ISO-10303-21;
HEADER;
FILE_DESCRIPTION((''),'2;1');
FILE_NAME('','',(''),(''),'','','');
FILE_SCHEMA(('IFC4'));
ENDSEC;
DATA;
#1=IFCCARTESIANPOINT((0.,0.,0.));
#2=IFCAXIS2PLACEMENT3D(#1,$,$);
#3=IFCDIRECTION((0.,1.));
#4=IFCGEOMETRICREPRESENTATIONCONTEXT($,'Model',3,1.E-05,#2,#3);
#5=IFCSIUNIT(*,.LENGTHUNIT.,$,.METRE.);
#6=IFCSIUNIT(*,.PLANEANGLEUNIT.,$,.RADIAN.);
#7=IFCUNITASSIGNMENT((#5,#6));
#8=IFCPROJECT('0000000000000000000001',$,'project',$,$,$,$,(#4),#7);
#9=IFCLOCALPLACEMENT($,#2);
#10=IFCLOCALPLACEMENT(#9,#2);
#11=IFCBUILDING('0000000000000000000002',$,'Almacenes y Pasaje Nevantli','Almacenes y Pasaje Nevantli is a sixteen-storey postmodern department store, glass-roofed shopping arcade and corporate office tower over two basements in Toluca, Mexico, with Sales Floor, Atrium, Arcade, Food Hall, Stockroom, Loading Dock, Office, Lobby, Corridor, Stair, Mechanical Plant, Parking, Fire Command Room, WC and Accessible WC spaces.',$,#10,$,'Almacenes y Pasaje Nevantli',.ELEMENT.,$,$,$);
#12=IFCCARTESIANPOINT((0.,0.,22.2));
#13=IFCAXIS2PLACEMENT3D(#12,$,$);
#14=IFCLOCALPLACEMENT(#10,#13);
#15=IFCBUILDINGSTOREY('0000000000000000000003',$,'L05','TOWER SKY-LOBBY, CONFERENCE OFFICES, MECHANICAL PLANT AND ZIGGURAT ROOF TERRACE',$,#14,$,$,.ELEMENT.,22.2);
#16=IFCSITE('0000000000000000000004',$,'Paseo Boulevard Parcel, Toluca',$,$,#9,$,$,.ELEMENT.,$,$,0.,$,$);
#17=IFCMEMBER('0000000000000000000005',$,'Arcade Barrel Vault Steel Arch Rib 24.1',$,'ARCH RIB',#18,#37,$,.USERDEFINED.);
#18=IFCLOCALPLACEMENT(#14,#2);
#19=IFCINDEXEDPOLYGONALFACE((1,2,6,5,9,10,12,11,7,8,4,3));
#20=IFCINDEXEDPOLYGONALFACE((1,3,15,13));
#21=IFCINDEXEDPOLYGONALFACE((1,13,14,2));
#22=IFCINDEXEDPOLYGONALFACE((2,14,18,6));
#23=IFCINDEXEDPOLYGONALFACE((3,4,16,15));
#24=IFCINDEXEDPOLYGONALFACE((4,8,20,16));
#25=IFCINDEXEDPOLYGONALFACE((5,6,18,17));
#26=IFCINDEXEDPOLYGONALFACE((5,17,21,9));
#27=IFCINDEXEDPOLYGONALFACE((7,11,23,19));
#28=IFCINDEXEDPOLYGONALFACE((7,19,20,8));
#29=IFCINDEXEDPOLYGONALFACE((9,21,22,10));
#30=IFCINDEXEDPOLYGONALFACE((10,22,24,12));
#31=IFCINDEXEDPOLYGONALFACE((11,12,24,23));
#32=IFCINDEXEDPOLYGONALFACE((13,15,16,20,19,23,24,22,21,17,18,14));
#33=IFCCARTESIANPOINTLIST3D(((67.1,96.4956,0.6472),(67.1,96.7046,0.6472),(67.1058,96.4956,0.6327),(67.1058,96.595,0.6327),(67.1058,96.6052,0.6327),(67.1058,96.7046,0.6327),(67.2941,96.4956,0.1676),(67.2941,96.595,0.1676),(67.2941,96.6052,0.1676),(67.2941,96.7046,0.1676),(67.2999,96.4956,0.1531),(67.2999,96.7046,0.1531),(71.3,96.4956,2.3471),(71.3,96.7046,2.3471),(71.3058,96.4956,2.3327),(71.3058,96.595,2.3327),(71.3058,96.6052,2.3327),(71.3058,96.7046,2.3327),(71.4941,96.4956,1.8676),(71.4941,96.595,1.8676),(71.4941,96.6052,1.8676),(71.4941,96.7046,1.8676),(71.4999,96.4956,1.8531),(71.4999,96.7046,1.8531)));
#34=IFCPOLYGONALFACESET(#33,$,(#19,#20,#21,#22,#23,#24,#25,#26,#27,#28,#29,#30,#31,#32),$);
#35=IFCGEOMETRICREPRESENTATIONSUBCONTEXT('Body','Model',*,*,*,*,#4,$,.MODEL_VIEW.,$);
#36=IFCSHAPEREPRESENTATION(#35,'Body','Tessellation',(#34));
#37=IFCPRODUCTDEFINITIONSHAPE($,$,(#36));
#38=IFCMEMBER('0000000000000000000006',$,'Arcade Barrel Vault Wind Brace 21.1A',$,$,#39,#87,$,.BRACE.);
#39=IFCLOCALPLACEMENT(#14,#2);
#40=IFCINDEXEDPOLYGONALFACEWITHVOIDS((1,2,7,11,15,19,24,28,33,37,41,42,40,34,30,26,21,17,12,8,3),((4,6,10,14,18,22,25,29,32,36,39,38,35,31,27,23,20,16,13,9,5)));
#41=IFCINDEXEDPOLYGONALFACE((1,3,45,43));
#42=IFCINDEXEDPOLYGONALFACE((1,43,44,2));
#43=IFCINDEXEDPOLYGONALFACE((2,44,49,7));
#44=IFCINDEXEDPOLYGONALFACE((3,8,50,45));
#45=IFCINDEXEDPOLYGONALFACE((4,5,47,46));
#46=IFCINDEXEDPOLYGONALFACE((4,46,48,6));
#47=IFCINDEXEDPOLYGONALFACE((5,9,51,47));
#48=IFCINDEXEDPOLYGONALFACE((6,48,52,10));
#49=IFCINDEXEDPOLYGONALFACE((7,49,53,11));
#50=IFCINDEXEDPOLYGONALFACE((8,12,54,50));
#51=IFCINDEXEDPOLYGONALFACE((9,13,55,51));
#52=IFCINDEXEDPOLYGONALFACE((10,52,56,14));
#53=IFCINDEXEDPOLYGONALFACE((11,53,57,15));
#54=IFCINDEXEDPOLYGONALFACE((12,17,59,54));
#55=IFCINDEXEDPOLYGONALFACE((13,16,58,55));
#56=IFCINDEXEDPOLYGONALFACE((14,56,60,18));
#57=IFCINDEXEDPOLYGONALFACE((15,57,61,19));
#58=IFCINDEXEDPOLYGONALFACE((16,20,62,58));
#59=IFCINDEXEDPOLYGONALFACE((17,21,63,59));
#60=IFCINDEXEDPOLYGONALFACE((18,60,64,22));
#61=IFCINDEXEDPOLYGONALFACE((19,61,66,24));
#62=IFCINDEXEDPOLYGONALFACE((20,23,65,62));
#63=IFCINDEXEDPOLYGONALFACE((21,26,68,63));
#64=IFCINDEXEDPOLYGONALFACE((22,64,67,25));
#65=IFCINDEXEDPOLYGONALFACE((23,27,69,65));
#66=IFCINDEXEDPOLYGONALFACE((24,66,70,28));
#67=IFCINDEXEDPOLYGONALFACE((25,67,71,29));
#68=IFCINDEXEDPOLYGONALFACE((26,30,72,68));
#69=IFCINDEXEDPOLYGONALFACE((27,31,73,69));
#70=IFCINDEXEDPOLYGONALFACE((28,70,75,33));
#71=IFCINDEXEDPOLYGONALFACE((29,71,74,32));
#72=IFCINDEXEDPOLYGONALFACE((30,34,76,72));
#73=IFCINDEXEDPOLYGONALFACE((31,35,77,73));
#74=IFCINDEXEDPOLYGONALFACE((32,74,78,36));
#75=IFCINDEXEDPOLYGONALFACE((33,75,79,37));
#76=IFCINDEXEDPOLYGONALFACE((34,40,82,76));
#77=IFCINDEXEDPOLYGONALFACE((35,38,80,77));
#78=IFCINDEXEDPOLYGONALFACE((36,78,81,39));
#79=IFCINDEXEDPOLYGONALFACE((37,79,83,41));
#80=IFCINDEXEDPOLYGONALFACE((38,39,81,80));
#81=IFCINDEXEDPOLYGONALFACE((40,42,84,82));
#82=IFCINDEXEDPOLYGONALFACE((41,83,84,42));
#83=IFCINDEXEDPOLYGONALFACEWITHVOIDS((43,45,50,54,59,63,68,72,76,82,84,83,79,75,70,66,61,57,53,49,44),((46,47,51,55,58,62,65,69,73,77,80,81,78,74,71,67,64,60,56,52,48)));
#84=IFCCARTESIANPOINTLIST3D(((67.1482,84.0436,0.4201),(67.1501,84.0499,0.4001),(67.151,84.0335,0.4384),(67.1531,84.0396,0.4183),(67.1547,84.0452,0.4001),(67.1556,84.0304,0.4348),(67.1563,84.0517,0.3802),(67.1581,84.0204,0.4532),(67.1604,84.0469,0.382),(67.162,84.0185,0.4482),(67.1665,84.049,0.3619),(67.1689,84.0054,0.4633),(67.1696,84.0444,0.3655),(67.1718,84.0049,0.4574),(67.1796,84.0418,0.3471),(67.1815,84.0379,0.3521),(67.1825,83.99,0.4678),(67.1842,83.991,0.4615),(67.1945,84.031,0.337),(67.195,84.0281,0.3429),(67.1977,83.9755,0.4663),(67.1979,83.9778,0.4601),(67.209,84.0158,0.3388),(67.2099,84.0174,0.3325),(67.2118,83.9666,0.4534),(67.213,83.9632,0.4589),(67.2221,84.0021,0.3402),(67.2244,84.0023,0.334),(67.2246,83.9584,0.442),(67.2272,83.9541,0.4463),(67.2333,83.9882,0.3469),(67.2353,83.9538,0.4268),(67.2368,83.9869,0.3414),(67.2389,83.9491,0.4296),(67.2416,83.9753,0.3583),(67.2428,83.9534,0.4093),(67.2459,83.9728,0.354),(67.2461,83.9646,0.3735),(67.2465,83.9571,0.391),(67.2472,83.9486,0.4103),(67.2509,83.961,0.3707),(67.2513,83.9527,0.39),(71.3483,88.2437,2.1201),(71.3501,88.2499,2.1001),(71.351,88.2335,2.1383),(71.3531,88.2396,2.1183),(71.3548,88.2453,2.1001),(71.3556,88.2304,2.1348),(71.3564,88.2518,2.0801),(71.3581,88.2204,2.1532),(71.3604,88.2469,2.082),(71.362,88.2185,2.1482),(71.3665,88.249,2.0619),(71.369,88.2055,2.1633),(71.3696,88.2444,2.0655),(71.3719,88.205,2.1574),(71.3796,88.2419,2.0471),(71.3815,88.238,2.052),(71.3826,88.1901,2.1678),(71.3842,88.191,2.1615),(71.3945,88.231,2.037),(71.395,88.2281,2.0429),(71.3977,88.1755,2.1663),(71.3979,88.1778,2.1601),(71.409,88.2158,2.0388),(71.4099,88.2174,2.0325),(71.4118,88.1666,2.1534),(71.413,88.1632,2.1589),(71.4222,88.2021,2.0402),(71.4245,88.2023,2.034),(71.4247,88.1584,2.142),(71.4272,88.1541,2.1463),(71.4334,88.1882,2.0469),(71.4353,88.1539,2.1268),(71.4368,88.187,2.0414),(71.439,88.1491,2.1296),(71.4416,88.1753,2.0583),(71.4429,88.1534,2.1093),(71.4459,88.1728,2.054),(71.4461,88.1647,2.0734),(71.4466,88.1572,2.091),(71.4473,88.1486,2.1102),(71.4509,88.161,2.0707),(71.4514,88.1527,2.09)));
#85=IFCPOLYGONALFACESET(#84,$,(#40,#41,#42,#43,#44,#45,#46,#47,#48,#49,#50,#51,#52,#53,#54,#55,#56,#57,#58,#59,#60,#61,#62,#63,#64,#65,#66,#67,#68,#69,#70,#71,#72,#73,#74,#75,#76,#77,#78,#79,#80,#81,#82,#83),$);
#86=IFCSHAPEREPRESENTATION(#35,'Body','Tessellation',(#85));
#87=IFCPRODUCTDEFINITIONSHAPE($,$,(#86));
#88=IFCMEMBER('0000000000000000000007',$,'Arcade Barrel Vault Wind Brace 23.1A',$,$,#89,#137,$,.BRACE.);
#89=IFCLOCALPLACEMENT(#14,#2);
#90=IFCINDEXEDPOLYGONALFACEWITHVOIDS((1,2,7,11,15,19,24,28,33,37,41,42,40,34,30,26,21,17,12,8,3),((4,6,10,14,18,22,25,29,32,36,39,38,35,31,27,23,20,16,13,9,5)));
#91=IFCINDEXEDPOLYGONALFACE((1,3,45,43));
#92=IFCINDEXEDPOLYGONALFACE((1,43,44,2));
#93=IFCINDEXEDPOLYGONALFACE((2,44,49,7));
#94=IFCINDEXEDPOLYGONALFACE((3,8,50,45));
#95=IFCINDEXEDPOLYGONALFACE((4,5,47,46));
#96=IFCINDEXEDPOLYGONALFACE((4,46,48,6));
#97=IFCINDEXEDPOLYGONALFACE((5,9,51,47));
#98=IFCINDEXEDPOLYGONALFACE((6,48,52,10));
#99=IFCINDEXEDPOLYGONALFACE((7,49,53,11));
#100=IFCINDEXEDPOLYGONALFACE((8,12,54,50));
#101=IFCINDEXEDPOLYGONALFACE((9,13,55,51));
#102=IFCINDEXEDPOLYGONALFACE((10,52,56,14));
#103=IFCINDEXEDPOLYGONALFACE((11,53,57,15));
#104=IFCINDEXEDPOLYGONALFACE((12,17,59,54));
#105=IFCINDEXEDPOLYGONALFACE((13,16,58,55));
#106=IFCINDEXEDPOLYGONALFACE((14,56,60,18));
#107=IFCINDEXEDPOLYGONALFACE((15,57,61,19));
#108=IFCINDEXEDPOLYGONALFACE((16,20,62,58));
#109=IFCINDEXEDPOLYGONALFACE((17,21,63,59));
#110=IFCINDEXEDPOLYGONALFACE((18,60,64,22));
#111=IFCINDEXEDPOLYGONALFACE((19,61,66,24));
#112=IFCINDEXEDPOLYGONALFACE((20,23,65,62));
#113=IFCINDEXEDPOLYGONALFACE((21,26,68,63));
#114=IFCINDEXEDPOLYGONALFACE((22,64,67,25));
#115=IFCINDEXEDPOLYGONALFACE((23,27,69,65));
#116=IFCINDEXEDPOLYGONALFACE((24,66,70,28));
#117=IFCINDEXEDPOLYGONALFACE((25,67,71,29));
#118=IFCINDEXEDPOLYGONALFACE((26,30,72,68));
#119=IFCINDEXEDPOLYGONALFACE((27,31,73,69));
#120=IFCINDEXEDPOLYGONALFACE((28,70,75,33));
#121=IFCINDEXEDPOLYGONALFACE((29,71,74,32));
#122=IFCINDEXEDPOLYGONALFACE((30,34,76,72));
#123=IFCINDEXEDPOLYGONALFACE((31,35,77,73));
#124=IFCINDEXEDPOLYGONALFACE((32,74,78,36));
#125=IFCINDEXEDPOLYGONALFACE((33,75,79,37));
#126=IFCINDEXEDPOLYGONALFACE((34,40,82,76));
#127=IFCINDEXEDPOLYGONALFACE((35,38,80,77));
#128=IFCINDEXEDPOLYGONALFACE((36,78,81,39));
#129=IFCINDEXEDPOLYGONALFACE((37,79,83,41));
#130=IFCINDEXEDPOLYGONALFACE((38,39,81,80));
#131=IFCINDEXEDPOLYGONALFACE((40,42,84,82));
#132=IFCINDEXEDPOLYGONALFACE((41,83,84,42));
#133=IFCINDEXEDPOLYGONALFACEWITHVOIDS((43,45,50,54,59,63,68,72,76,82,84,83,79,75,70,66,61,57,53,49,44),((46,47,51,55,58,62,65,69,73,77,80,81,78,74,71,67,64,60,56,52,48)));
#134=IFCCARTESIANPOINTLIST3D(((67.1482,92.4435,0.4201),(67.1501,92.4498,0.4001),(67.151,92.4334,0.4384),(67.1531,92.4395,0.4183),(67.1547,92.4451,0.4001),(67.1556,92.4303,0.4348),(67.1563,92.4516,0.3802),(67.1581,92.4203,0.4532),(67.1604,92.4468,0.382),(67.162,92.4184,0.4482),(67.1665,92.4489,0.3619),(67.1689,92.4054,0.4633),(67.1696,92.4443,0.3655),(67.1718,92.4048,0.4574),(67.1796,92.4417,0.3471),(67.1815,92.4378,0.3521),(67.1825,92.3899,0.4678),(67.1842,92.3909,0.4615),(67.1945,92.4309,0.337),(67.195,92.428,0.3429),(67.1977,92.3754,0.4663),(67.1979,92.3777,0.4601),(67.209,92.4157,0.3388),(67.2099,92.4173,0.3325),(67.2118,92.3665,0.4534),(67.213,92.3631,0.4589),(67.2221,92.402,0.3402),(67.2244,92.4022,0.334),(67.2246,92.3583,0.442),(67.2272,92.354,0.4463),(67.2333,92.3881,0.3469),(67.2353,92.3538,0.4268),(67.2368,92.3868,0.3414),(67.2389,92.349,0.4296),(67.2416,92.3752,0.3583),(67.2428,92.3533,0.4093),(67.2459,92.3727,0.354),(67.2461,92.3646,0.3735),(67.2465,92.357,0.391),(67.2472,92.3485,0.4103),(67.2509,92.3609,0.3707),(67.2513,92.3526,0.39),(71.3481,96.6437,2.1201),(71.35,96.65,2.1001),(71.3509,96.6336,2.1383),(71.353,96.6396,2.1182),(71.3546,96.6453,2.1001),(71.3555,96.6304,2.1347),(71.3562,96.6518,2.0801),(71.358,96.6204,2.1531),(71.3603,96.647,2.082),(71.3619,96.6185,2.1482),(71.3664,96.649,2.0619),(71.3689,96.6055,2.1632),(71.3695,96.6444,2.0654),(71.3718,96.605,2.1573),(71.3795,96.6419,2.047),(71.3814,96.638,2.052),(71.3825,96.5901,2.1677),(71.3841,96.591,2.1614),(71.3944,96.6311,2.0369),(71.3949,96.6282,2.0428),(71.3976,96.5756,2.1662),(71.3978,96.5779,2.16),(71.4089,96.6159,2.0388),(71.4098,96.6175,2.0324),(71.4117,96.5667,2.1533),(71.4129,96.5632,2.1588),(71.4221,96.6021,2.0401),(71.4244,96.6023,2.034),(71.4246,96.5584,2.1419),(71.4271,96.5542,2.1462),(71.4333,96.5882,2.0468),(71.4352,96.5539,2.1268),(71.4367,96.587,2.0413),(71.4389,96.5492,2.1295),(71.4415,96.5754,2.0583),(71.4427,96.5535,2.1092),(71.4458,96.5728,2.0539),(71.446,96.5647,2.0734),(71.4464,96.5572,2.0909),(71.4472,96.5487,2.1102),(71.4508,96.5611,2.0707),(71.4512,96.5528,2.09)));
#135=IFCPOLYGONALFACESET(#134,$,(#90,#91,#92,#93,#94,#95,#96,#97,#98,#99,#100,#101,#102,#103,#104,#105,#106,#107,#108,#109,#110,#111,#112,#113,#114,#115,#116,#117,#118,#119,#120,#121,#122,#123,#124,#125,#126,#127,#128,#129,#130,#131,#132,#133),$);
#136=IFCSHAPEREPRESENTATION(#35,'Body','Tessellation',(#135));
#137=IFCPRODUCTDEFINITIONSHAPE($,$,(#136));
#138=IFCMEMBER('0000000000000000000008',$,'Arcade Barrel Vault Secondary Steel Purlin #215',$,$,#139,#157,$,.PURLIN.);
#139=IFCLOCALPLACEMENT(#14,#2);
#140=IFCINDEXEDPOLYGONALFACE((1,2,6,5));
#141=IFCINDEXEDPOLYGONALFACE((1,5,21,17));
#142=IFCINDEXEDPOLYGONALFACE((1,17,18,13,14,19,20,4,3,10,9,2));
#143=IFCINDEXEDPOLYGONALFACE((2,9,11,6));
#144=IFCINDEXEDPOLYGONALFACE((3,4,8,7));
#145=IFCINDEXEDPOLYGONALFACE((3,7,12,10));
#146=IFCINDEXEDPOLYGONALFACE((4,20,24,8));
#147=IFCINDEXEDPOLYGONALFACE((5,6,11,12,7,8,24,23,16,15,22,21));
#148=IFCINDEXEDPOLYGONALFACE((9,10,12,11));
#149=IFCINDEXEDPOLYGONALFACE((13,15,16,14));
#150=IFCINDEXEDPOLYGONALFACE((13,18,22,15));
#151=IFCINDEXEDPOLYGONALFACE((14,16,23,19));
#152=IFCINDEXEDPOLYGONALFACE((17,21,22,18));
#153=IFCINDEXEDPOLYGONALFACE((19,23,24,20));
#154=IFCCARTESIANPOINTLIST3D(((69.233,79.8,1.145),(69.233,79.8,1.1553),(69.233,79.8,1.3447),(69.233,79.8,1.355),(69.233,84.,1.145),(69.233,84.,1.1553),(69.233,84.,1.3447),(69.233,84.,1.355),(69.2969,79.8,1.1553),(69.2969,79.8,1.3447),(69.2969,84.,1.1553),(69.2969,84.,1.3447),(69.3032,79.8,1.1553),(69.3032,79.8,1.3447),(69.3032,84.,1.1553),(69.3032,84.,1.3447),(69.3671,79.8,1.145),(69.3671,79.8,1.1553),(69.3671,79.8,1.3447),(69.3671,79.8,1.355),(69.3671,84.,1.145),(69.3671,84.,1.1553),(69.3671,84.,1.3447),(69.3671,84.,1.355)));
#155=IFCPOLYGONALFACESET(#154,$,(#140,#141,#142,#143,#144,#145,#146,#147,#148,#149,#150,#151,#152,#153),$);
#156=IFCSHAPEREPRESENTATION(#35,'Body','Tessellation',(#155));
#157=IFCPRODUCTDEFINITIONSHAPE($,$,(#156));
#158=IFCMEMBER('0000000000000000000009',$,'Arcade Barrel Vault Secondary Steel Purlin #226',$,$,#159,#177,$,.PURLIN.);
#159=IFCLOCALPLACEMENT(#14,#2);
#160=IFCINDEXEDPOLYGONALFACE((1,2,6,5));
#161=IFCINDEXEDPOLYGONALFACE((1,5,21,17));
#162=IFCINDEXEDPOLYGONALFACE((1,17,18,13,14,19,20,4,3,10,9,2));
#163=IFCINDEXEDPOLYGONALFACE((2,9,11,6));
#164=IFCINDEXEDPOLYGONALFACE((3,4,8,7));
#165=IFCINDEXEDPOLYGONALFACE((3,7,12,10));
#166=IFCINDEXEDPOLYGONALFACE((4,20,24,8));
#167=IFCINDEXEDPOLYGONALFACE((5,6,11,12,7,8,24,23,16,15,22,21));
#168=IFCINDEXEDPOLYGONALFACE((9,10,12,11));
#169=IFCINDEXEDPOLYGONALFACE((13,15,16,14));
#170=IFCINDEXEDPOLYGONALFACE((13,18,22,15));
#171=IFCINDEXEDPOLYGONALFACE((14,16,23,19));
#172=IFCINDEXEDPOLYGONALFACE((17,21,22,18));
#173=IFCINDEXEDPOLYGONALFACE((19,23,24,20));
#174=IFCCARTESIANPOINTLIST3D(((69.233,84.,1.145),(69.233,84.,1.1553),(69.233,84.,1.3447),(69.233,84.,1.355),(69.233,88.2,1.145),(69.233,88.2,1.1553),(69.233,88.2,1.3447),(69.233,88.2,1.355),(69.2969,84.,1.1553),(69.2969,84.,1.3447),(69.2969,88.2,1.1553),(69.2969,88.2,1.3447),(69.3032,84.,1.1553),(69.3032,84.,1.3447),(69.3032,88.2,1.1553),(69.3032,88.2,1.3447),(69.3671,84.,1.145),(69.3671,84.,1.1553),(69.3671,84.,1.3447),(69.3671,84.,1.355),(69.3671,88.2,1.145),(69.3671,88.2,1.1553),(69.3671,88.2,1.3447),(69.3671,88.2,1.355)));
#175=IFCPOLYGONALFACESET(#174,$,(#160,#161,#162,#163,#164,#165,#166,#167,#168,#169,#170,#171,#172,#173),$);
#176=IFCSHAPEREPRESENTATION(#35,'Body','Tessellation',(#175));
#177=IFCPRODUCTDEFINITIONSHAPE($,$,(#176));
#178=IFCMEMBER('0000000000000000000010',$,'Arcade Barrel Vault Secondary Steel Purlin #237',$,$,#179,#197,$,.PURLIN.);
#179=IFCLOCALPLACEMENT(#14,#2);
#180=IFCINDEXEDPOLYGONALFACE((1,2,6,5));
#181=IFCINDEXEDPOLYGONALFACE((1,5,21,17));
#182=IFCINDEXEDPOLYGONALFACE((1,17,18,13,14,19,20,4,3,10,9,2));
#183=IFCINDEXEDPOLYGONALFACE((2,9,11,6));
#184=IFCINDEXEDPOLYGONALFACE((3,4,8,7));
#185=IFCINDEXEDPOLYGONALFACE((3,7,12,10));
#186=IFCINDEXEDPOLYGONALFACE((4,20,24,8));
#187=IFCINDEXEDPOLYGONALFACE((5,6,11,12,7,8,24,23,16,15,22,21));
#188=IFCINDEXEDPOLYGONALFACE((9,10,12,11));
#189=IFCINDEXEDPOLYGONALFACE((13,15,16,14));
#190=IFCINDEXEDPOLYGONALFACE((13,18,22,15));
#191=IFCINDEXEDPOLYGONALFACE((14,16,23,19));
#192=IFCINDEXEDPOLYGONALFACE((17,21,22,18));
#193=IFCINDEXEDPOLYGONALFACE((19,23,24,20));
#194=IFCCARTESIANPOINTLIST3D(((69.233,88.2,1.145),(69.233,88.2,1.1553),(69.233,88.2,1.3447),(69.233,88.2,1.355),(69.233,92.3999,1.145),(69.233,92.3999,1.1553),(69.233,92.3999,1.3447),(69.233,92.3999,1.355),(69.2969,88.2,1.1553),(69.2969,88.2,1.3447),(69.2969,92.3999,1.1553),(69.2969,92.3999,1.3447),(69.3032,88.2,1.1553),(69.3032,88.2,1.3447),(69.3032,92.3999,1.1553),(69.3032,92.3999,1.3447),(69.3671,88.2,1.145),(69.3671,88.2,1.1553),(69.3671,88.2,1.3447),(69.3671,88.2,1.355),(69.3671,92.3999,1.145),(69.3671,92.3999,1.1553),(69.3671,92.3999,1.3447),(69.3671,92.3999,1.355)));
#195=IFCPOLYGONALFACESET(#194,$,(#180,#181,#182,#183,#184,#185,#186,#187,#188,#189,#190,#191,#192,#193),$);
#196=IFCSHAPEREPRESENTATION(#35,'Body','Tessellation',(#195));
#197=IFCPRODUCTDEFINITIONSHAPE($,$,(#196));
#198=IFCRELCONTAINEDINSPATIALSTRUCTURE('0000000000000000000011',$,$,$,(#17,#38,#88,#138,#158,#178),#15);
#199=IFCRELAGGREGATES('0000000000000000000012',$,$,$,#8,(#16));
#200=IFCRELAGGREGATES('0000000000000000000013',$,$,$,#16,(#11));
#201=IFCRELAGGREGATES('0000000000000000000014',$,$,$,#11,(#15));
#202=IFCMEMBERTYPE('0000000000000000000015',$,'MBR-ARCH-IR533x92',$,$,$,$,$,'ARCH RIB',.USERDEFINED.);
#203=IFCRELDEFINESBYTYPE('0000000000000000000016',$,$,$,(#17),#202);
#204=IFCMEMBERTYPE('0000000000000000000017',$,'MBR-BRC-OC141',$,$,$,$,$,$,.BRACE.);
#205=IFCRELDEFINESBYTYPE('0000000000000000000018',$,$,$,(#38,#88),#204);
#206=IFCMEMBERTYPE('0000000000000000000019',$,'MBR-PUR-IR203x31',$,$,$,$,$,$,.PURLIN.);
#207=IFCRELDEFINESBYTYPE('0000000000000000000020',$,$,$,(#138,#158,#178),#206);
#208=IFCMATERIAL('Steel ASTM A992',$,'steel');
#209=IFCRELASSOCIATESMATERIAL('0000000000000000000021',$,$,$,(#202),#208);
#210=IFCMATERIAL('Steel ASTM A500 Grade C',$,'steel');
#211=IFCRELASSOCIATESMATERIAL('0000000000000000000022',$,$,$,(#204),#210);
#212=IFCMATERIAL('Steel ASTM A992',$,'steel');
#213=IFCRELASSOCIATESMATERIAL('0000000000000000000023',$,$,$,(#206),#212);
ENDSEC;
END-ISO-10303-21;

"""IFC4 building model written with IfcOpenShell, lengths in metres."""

from ifc_helpers import new_model, si_unit, direction, frame, origin, origin_2d, place, context, subcontext, project, spatial, hollow_circle, i_section, extrude, material, material_profile, profile_set, type_object, element, save


model = new_model("IFC4")

# Units and contexts
model_context = context("Model", 3, precision=1e-05, world=origin(), true_north=direction((0.0, 1.0)))
body_context = subcontext(model_context, "Body", "Model", "MODEL_VIEW")
ifc_project = project(units=[si_unit("LENGTHUNIT", "METRE"), si_unit("PLANEANGLEUNIT", "RADIAN")], contexts=[model_context])

# Site, building, storey
site_placement = place(None, origin())
site = spatial("IfcSite", under=ifc_project, at=site_placement, Name="Paseo Boulevard Parcel, Toluca", CompositionType="ELEMENT", RefElevation=0.0)
building_placement = place(site_placement, origin())
building = spatial("IfcBuilding", under=site, at=building_placement, Name="Almacenes y Pasaje Nevantli", Description="Almacenes y Pasaje Nevantli is a sixteen-storey postmodern department store, glass-roofed shopping arcade and corporate office tower over two basements in Toluca, Mexico, with Sales Floor, Atrium, Arcade, Food Hall, Stockroom, Loading Dock, Office, Lobby, Corridor, Stair, Mechanical Plant, Parking, Fire Command Room, WC and Accessible WC spaces.", LongName="Almacenes y Pasaje Nevantli", CompositionType="ELEMENT")
storey_placement = place(building_placement, frame((0.0, 0.0, 22.2)))
storey = spatial("IfcBuildingStorey", under=building, at=storey_placement, Name="L05", Description="TOWER SKY-LOBBY, CONFERENCE OFFICES, MECHANICAL PLANT AND ZIGGURAT ROOF TERRACE", CompositionType="ELEMENT", Elevation=22.2)

# Members
ifc_material_1 = material(Name="Steel ASTM A992", Category="steel")
ifc_material_profile_1 = material_profile(ifc_material_1, i_section(OverallWidth=0.209, OverallDepth=0.533, WebThickness=0.0103, FlangeThickness=0.0156, at=origin_2d()), Name="IR 533x92.5")
ifc_profile_set_1 = profile_set([ifc_material_profile_1], Name="Steel ASTM A992")
member_type_1 = type_object("IfcMemberType", Name="MBR-ARCH-IR533x92", ElementType="ARCH RIB", PredefinedType="USERDEFINED", material=ifc_profile_set_1)
for number, where, z_axis, x_axis, name in (
    (1, (67.2, 96.6001, 0.4001), (0.926949, 0.0, 0.375187), (0.0, 1.0, 0.0), "Arcade Barrel Vault Steel Arch Rib 24.1"),
):
    element("IfcMember", number, at=place(storey_placement, frame(where, z_axis=z_axis, x_axis=x_axis)), inside=storey, type_object=member_type_1, Name=name, ObjectType="ARCH RIB", PredefinedType="USERDEFINED", context=body_context, shape_type="SweptSolid", body=[
        extrude(i_section(OverallWidth=0.209, OverallDepth=0.533, WebThickness=0.0103, FlangeThickness=0.0156, at=origin_2d()), origin(), (0.0, 0.0, 1.0), 4.531),
    ])
ifc_material_2 = material(Name="Steel ASTM A500 Grade C", Category="steel")
ifc_material_profile_2 = material_profile(ifc_material_2, hollow_circle(Radius=0.0706, WallThickness=0.0066, at=origin_2d()), Name="OC 141x6.6")
ifc_profile_set_2 = profile_set([ifc_material_profile_2], Name="Steel ASTM A500 Grade C")
member_type_2 = type_object("IfcMemberType", Name="MBR-BRC-OC141", PredefinedType="BRACE", material=ifc_profile_set_2)
for number, where, z_axis, x_axis, name in (
    (2, (67.2, 84.0, 0.4001), (0.679812, 0.679812, 0.275157), (-0.707107, 0.707107, 0.0), "Arcade Barrel Vault Wind Brace 21.1A"),
    (3, (67.2, 92.3999, 0.4001), (0.679794, 0.679833, 0.27515), (-0.707127, 0.707086, 0.0), "Arcade Barrel Vault Wind Brace 23.1A"),
):
    element("IfcMember", number, at=place(storey_placement, frame(where, z_axis=z_axis, x_axis=x_axis)), inside=storey, type_object=member_type_2, Name=name, PredefinedType="BRACE", context=body_context, shape_type="SweptSolid", body=[
        extrude(hollow_circle(Radius=0.0706, WallThickness=0.0066, at=origin_2d()), origin(), (0.0, 0.0, 1.0), 6.1782),
    ])
ifc_material_3 = material(Name="Steel ASTM A992", Category="steel")
ifc_material_profile_3 = material_profile(ifc_material_3, i_section(OverallWidth=0.134, OverallDepth=0.21, WebThickness=0.0063, FlangeThickness=0.0103, at=origin_2d()), Name="IR 203x31.3")
ifc_profile_set_3 = profile_set([ifc_material_profile_3], Name="Steel ASTM A992")
member_type_3 = type_object("IfcMemberType", Name="MBR-PUR-IR203x31", PredefinedType="PURLIN", material=ifc_profile_set_3)
for number, where, z_axis, x_axis, name in (
    (4, (69.3, 79.8, 1.25), (0.0, 1.0, 0.0), (-1.0, 0.0, 0.0), "Arcade Barrel Vault Secondary Steel Purlin #215"),
    (5, (69.3, 84.0, 1.25), (0.0, 1.0, 0.0), (-1.0, 0.0, 0.0), "Arcade Barrel Vault Secondary Steel Purlin #226"),
    (6, (69.3, 88.2, 1.25), (0.0, 1.0, 0.0), (-1.0, 0.0, 0.0), "Arcade Barrel Vault Secondary Steel Purlin #237"),
):
    element("IfcMember", number, at=place(storey_placement, frame(where, z_axis=z_axis, x_axis=x_axis)), inside=storey, type_object=member_type_3, Name=name, PredefinedType="PURLIN", context=body_context, shape_type="SweptSolid", body=[
        extrude(i_section(OverallWidth=0.134, OverallDepth=0.21, WebThickness=0.0063, FlangeThickness=0.0103, at=origin_2d()), origin(), (0.0, 0.0, 1.0), 4.2),
    ])

save(model, "model.ifc")
